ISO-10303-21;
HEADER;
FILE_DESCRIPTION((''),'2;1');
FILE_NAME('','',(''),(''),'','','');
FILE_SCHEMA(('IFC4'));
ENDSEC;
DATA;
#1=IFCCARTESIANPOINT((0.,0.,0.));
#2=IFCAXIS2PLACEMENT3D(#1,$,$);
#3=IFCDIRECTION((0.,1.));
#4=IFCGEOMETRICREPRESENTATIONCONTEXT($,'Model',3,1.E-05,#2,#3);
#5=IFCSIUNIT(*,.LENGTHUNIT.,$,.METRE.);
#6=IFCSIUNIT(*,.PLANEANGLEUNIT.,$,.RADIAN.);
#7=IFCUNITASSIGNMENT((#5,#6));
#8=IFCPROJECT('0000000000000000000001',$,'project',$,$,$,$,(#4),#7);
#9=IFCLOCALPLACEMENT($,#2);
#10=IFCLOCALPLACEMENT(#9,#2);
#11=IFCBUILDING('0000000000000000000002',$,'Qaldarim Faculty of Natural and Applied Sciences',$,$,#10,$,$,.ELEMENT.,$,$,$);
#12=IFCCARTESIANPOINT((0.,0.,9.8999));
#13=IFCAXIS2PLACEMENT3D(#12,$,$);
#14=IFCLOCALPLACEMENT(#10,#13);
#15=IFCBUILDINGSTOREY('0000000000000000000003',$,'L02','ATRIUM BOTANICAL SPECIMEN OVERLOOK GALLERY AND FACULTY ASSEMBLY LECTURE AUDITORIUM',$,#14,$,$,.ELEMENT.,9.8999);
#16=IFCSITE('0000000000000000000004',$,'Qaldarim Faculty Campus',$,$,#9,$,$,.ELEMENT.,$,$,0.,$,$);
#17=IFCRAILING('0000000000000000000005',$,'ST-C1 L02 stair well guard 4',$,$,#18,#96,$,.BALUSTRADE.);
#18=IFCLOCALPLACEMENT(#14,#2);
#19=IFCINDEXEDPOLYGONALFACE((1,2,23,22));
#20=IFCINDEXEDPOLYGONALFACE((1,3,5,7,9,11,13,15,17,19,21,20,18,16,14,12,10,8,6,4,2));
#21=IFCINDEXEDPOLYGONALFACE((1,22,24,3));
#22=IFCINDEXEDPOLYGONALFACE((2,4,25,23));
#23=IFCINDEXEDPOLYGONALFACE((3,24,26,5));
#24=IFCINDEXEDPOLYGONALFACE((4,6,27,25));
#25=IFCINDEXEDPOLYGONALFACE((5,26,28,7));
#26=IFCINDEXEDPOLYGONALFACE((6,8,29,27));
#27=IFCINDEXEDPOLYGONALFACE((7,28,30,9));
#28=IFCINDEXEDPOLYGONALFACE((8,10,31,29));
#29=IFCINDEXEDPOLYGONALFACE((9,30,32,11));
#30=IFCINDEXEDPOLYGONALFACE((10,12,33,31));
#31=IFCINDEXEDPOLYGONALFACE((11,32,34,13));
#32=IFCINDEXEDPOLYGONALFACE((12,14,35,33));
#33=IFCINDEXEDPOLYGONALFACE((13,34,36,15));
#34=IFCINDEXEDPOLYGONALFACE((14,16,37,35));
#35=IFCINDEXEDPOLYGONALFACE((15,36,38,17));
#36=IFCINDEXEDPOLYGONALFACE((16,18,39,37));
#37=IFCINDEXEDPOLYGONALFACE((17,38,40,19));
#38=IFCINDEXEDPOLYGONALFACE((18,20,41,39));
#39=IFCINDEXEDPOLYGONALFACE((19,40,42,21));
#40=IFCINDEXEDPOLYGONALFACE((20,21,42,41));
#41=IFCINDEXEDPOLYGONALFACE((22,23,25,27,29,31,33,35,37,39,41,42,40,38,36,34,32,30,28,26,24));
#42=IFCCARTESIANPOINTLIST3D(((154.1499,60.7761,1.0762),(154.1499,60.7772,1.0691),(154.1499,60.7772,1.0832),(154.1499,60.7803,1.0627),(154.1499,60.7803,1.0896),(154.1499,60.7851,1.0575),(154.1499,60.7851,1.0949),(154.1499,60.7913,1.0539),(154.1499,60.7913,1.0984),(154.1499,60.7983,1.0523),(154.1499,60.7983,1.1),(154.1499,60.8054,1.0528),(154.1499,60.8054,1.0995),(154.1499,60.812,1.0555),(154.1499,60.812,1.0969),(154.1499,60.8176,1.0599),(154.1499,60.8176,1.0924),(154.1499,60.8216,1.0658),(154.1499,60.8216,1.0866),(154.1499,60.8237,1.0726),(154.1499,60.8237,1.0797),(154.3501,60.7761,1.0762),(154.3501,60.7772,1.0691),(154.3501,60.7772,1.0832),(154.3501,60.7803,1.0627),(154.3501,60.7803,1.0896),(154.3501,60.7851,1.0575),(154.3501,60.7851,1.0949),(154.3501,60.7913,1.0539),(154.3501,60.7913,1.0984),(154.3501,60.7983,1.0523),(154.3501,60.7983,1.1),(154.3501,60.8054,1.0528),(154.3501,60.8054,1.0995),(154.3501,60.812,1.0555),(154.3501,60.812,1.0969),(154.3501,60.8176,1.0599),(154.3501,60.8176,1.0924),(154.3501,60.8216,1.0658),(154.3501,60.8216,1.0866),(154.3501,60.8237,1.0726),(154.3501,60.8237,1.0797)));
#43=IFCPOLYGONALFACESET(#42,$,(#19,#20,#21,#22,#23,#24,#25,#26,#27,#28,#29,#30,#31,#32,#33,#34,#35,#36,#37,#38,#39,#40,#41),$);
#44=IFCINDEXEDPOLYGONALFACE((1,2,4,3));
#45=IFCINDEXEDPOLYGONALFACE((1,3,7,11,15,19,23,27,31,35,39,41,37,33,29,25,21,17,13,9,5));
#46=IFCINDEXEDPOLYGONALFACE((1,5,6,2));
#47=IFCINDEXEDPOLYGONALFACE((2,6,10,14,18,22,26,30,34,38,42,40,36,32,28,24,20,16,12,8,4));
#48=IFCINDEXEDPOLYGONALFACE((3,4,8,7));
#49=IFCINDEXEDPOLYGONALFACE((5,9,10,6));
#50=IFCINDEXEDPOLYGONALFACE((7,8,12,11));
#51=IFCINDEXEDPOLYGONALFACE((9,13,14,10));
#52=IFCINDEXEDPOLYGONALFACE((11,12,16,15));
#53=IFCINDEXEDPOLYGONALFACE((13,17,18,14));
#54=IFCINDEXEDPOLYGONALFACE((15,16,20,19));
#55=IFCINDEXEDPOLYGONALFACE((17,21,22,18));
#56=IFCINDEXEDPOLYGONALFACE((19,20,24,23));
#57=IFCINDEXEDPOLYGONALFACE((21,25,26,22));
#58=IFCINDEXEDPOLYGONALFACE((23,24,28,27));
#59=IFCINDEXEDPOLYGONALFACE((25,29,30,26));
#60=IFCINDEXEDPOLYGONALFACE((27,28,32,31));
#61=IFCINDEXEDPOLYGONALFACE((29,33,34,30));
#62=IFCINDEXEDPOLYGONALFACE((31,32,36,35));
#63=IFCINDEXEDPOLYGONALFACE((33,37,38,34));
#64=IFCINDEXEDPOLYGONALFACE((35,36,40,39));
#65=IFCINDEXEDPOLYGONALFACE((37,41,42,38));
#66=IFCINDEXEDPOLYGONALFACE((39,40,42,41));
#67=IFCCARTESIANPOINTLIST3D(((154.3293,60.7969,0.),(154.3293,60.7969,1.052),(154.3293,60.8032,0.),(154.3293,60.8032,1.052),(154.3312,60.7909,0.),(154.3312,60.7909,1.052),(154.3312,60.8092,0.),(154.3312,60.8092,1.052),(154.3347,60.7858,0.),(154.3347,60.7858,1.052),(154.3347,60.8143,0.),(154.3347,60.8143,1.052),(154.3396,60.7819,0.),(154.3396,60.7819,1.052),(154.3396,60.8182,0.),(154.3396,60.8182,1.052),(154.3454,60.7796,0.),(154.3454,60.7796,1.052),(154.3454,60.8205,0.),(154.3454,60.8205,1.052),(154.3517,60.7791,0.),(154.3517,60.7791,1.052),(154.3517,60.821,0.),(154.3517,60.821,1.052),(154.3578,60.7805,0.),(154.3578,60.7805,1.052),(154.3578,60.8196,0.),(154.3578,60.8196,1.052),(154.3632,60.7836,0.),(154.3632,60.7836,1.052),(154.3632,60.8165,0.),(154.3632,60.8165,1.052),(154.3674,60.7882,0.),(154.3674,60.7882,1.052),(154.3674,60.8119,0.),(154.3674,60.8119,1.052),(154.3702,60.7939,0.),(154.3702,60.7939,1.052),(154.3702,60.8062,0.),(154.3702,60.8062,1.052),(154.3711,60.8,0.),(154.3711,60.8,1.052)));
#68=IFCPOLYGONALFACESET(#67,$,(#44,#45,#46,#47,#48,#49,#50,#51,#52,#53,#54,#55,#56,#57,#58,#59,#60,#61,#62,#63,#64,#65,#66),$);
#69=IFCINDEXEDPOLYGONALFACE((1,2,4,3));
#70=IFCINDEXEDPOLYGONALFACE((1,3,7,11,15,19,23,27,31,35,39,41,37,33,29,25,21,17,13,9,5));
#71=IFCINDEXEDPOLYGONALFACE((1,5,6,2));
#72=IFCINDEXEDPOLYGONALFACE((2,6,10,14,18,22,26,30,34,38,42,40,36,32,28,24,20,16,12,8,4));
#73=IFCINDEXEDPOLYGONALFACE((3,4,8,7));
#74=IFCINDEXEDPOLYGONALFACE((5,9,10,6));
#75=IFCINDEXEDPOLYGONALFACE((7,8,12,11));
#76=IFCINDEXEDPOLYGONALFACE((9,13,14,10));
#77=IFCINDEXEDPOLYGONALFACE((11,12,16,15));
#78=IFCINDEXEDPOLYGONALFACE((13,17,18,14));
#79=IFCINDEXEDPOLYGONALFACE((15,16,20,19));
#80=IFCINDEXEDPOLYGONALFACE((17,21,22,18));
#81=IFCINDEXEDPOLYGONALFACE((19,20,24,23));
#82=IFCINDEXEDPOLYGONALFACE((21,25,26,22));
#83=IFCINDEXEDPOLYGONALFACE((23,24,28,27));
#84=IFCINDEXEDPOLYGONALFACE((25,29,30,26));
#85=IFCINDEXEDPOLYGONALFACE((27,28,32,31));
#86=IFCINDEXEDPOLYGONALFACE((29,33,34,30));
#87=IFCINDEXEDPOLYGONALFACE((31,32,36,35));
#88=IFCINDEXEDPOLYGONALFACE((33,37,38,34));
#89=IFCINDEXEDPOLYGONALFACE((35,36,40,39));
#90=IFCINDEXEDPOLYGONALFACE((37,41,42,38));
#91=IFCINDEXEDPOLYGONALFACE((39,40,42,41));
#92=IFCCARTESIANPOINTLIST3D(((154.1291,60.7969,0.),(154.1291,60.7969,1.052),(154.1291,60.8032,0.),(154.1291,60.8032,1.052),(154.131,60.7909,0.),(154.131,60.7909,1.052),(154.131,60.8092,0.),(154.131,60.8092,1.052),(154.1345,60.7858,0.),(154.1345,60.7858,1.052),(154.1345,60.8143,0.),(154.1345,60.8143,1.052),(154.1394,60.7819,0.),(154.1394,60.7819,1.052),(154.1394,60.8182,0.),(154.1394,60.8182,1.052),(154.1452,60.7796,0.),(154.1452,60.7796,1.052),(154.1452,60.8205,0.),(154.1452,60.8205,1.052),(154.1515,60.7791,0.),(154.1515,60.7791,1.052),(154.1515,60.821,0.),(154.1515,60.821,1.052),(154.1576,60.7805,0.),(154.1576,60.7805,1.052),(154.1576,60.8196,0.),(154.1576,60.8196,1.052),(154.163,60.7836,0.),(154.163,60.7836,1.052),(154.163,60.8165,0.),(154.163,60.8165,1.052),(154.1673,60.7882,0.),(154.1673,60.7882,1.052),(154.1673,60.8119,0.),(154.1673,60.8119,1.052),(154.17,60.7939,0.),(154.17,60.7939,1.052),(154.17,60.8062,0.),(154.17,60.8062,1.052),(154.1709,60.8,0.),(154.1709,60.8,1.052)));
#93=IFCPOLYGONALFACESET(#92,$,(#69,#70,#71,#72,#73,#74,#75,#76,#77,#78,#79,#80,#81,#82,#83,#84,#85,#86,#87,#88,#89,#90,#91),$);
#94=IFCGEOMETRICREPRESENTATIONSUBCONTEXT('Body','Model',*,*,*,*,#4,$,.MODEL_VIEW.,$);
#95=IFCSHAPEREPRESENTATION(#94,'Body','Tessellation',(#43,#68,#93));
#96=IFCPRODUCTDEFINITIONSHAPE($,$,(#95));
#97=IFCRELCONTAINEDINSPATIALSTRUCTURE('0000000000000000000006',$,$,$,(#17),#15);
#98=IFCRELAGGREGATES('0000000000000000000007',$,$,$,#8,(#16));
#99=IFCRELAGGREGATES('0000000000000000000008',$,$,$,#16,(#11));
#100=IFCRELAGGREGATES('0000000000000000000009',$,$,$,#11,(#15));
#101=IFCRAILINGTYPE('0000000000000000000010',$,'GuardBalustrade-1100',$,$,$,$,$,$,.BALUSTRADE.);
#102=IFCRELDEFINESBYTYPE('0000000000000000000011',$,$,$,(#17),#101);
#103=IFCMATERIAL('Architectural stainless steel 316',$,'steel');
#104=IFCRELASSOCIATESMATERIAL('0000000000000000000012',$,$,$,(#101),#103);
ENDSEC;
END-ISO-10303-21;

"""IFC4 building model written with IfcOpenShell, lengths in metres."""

from ifc_helpers import new_model, si_unit, direction, frame, origin, origin_2d, place, context, subcontext, project, spatial, circle, extrude, material, type_object, element, save


model = new_model("IFC4")

# Units and contexts
model_context = context("Model", 3, precision=1e-05, world=origin(), true_north=direction((0.0, 1.0)))
body_context = subcontext(model_context, "Body", "Model", "MODEL_VIEW")
ifc_project = project(units=[si_unit("LENGTHUNIT", "METRE"), si_unit("PLANEANGLEUNIT", "RADIAN")], contexts=[model_context])

# Site, building, storey
site_placement = place(None, origin())
site = spatial("IfcSite", under=ifc_project, at=site_placement, Name="Qaldarim Faculty Campus", CompositionType="ELEMENT", RefElevation=0.0)
building_placement = place(site_placement, origin())
building = spatial("IfcBuilding", under=site, at=building_placement, Name="Qaldarim Faculty of Natural and Applied Sciences", CompositionType="ELEMENT")
storey_placement = place(building_placement, frame((0.0, 0.0, 9.8999)))
storey = spatial("IfcBuildingStorey", under=building, at=storey_placement, Name="L02", Description="ATRIUM BOTANICAL SPECIMEN OVERLOOK GALLERY AND FACULTY ASSEMBLY LECTURE AUDITORIUM", CompositionType="ELEMENT", Elevation=9.8999)

# Shared definitions
ifc_material_1 = material(Name="Architectural stainless steel 316", Category="steel")

# Railing
railing_type_1 = type_object("IfcRailingType", Name="GuardBalustrade-1100", PredefinedType="BALUSTRADE", material=ifc_material_1)
railing_1_placement = place(storey_placement, frame((154.3501, 60.8, 0.0)))
element("IfcRailing", 1, at=railing_1_placement, inside=storey, type_object=railing_type_1, Name="ST-C1 L02 stair well guard 4", PredefinedType="BALUSTRADE", context=body_context, shape_type="SweptSolid", body=[
    extrude(circle(Radius=0.0239, at=origin_2d()), frame((0.0, 0.0, 1.0762), z_axis=(-1.0, 0.0, 0.0), x_axis=(0.0, -1.0, 0.0)), (0.0, 0.0, 1.0), 0.2002),
    extrude(circle(Radius=0.021, at=origin_2d()), origin(), (0.0, 0.0, 1.0), 1.052),
    extrude(circle(Radius=0.021, at=origin_2d()), frame((-0.2002, 0.0, 0.0)), (0.0, 0.0, 1.0), 1.052),
])

save(model, "model.ifc")
